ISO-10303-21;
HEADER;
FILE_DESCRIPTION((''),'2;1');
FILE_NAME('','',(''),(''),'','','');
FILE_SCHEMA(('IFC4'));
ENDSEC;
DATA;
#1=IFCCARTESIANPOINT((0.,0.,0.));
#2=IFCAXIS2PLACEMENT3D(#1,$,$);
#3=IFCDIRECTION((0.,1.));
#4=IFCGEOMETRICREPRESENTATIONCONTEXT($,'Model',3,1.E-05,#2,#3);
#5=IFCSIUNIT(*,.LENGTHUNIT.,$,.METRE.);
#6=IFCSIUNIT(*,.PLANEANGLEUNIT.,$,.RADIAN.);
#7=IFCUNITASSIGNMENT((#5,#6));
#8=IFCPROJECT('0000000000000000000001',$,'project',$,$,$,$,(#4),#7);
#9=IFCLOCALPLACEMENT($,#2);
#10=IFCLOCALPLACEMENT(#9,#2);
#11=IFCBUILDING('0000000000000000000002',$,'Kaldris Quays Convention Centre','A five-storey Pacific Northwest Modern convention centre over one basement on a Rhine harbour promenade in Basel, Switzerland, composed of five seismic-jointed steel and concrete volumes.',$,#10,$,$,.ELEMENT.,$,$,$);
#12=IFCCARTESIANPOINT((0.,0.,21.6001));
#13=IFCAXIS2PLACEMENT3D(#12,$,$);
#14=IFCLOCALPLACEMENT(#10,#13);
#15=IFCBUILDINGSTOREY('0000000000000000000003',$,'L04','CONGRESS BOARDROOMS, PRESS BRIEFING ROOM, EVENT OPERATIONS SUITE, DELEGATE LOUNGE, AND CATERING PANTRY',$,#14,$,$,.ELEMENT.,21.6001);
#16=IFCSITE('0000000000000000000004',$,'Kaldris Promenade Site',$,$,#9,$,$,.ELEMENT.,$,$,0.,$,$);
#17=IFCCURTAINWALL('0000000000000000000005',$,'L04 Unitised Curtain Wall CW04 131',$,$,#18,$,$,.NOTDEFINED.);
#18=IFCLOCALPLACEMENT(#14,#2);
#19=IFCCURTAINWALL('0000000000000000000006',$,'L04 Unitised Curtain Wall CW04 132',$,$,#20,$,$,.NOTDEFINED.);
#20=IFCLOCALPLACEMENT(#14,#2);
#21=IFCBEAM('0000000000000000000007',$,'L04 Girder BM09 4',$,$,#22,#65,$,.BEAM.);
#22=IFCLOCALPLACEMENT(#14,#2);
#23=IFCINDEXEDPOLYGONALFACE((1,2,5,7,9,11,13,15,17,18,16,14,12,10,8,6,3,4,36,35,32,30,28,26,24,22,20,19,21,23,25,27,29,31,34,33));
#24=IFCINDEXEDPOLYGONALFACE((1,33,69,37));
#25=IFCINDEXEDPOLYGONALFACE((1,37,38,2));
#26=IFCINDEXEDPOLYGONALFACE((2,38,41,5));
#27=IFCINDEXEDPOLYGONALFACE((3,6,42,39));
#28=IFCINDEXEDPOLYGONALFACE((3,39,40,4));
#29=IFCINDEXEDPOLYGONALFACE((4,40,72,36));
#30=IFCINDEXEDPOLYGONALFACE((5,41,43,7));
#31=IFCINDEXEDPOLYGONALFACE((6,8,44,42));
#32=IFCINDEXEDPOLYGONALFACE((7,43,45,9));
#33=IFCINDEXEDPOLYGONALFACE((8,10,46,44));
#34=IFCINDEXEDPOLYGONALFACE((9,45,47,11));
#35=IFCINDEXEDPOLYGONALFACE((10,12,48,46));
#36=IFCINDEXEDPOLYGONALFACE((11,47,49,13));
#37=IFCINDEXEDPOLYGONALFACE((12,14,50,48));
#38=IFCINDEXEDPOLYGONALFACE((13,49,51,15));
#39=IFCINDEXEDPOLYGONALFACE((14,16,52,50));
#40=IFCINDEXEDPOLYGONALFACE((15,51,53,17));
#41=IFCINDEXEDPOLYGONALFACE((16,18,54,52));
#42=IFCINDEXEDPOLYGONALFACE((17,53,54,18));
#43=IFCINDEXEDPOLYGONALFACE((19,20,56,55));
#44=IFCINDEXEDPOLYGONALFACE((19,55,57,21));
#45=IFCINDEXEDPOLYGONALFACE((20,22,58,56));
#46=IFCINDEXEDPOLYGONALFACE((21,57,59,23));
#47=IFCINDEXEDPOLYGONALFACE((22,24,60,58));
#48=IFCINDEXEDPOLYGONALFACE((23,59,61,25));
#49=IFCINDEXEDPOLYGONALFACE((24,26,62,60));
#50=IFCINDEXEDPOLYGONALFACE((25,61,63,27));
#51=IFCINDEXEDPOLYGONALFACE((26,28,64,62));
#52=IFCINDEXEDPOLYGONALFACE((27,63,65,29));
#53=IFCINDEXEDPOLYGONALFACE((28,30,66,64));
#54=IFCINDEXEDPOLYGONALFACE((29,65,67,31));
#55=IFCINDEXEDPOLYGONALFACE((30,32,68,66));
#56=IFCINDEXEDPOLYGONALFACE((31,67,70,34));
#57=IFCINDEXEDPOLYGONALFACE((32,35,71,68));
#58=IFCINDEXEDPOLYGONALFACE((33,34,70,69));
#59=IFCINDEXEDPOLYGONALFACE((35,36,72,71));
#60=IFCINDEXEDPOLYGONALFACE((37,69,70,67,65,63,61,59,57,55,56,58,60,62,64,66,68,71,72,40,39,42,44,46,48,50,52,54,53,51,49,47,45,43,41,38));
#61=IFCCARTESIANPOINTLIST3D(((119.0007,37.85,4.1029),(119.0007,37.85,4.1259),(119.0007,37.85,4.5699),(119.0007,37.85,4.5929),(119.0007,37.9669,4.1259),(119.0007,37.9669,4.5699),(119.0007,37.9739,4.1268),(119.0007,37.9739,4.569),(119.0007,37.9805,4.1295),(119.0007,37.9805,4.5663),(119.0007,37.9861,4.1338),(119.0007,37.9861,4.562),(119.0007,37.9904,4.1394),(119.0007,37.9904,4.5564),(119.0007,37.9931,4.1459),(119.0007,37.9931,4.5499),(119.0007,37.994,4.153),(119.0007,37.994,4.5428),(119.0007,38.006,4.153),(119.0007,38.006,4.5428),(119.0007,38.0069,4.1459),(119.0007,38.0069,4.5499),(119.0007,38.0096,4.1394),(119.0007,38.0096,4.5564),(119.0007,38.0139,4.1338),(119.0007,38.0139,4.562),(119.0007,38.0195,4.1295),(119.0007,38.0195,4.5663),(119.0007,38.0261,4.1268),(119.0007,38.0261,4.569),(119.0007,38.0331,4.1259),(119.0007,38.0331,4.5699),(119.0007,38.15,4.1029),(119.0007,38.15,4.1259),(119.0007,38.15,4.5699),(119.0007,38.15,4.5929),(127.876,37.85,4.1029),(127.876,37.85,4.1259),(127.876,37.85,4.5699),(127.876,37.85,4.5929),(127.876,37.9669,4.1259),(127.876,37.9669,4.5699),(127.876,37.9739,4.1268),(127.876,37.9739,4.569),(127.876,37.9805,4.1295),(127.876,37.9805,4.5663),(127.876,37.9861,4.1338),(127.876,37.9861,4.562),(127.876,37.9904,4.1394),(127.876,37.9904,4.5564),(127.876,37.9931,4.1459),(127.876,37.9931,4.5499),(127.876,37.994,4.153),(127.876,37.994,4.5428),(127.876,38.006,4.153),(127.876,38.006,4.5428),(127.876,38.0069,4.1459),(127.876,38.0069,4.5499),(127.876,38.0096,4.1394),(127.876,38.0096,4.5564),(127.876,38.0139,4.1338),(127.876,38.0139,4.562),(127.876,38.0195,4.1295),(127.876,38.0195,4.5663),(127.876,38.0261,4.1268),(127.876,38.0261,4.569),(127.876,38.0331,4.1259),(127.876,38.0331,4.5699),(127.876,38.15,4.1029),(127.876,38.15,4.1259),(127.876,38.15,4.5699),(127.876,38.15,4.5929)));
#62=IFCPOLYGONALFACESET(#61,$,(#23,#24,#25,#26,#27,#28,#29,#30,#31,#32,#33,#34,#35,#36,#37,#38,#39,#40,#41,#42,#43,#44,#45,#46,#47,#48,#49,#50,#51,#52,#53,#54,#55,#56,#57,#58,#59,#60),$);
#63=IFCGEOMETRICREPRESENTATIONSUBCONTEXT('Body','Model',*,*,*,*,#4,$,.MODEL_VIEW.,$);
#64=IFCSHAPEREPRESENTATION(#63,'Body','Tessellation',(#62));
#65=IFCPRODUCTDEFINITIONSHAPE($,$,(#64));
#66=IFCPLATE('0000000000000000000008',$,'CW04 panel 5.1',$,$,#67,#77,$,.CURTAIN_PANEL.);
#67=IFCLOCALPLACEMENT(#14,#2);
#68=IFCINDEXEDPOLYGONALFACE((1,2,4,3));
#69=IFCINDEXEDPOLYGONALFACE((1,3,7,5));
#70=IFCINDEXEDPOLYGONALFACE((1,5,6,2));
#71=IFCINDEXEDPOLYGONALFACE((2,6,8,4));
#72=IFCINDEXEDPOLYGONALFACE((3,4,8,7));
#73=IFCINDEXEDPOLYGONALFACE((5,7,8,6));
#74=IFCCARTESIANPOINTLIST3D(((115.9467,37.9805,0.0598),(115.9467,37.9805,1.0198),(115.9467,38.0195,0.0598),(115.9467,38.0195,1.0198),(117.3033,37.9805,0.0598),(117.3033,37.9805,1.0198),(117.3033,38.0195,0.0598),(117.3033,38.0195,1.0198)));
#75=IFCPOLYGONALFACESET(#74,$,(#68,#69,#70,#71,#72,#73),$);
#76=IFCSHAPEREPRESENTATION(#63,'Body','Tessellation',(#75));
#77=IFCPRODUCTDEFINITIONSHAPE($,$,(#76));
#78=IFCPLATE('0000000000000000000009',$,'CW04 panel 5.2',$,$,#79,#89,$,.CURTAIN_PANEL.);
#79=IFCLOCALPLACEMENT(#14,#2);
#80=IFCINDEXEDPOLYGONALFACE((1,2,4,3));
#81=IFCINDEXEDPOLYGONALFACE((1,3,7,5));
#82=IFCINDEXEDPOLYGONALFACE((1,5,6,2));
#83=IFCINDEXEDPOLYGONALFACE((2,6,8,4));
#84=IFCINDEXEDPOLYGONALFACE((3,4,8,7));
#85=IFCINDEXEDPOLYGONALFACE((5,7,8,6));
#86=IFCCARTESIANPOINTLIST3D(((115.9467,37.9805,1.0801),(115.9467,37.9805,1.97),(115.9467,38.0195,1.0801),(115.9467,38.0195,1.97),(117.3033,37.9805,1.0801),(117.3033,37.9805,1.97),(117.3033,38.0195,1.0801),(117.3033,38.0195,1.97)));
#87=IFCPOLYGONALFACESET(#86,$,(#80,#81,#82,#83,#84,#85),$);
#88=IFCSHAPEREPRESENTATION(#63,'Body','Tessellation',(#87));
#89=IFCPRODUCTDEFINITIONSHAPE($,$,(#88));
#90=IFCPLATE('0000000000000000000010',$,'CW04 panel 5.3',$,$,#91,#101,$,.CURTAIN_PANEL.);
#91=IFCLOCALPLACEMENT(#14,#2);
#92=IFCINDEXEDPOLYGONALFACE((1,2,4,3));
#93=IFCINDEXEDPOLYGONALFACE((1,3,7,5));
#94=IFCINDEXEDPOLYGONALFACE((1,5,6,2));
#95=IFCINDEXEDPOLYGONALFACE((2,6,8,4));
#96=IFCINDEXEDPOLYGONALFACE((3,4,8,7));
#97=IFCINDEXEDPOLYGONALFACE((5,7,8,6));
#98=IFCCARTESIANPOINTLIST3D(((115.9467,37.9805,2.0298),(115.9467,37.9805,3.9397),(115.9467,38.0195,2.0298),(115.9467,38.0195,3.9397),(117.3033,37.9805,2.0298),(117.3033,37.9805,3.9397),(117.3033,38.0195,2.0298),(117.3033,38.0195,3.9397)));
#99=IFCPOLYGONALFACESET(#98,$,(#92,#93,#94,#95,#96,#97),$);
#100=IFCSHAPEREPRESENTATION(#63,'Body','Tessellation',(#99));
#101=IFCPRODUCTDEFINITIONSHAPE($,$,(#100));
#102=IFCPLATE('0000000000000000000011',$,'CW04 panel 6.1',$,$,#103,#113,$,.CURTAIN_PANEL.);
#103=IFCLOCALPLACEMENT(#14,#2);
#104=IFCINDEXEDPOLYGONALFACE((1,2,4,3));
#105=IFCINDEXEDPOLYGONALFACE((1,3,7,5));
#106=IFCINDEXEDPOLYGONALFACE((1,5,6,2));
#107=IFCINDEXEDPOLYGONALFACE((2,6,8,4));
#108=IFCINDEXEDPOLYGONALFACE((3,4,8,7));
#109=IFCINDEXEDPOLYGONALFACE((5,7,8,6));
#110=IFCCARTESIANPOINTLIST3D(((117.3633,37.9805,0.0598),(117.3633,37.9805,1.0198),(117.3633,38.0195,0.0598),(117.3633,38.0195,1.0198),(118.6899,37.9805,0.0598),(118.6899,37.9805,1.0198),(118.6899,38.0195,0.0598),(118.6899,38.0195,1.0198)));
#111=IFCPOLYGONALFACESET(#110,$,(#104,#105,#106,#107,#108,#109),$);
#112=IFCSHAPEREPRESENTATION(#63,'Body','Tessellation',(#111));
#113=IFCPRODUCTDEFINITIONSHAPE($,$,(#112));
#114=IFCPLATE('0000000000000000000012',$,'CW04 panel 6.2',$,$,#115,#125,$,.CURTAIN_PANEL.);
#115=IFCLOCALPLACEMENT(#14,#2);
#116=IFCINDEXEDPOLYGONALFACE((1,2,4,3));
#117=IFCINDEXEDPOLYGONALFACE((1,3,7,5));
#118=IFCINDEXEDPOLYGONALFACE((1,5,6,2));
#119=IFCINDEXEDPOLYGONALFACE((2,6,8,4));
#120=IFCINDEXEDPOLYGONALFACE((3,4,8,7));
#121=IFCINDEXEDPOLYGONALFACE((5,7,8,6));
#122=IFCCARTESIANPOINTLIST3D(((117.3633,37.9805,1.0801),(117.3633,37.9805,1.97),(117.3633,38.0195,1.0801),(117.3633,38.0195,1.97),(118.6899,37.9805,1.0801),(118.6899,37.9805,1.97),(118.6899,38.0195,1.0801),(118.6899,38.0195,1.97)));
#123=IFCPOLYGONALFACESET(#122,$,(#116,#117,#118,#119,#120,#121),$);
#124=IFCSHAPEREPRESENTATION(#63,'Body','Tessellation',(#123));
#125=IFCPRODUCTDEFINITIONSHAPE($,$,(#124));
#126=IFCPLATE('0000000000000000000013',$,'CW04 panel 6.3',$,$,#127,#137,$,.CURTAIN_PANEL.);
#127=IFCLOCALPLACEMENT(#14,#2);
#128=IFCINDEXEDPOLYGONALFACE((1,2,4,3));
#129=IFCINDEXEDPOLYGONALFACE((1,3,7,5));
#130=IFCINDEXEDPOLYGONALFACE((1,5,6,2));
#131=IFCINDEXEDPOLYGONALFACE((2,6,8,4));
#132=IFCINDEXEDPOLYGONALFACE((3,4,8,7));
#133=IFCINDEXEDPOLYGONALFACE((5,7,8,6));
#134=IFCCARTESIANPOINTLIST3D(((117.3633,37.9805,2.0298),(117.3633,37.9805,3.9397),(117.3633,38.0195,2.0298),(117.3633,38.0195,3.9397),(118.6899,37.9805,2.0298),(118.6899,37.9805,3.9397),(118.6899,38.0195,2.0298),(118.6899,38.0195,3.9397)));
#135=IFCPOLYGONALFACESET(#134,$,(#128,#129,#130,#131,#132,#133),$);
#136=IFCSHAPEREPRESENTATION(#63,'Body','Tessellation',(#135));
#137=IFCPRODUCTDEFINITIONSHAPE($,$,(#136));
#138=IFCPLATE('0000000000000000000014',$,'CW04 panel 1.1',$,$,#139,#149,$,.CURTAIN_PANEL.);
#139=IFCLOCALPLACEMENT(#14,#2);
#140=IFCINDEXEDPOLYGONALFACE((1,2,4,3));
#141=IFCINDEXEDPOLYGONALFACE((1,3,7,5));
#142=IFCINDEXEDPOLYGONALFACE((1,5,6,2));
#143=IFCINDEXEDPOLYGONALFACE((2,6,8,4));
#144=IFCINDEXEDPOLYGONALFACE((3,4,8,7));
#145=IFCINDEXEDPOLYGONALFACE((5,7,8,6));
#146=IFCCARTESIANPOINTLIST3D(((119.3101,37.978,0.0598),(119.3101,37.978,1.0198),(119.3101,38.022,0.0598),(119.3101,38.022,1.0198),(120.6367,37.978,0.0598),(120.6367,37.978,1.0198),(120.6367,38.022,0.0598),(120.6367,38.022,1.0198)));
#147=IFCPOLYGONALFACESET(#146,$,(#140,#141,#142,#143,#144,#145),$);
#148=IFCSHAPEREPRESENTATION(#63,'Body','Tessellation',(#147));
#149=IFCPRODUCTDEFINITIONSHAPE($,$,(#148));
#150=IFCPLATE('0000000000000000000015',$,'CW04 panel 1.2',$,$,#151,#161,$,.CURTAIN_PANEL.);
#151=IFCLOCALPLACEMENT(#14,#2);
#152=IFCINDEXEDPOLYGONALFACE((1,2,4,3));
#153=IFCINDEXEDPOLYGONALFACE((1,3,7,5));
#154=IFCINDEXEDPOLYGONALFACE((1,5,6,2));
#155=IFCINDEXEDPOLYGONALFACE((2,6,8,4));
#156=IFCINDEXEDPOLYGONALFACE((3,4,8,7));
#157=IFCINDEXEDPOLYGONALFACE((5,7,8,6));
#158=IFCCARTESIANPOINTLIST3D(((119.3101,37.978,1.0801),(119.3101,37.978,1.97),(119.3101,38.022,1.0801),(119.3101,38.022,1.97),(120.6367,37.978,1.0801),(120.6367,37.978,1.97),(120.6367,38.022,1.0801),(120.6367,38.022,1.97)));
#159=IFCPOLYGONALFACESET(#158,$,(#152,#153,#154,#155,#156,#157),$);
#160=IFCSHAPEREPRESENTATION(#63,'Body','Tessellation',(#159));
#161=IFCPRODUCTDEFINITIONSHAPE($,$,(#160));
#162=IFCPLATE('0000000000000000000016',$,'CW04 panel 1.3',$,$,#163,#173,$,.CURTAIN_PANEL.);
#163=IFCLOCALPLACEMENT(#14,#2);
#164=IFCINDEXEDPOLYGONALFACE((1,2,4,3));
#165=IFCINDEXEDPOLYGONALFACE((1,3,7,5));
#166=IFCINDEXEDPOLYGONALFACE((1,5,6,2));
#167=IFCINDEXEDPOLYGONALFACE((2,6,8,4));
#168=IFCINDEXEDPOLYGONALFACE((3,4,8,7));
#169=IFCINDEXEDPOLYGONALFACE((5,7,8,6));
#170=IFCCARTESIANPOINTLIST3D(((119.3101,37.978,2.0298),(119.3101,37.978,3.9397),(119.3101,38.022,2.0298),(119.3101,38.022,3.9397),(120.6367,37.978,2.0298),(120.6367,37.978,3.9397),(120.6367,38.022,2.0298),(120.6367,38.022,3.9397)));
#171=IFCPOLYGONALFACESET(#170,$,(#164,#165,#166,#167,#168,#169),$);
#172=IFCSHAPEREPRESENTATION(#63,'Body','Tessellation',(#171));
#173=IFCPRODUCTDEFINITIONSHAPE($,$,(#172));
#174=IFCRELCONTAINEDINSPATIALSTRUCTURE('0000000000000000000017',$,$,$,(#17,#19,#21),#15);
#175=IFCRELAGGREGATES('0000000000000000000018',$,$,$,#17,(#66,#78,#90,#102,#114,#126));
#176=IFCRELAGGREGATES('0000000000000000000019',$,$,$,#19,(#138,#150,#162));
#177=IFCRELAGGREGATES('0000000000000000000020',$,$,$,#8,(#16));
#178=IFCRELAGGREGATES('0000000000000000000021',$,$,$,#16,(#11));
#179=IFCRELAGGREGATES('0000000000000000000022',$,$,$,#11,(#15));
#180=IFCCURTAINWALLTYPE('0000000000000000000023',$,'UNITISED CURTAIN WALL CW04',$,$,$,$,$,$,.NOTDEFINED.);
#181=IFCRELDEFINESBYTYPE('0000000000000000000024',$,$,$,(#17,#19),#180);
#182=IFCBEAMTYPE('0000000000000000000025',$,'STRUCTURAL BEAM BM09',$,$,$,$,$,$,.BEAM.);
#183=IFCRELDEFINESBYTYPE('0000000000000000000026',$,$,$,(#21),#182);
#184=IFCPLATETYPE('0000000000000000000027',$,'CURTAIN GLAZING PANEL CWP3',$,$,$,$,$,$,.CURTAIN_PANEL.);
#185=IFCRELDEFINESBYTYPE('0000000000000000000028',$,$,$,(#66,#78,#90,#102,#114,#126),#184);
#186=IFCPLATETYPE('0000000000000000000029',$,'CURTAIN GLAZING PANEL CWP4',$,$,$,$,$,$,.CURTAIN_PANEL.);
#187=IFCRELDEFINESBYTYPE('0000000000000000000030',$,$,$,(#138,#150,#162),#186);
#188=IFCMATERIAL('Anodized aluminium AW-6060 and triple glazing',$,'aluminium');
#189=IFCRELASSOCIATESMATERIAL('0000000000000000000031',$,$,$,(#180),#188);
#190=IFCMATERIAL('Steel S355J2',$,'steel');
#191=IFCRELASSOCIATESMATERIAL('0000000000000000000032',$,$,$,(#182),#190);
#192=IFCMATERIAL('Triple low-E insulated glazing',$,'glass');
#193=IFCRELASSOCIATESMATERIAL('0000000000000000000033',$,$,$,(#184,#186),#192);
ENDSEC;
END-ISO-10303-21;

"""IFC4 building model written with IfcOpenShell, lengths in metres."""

from ifc_helpers import new_model, si_unit, direction, frame, origin, origin_2d, place, context, subcontext, project, spatial, rectangle, i_section, extrude, material, material_profile, profile_set, type_object, element, aggregate, save


model = new_model("IFC4")

# Units and contexts
model_context = context("Model", 3, precision=1e-05, world=origin(), true_north=direction((0.0, 1.0)))
body_context = subcontext(model_context, "Body", "Model", "MODEL_VIEW")
ifc_project = project(units=[si_unit("LENGTHUNIT", "METRE"), si_unit("PLANEANGLEUNIT", "RADIAN")], contexts=[model_context])

# Site, building, storey
site_placement = place(None, origin())
site = spatial("IfcSite", under=ifc_project, at=site_placement, Name="Kaldris Promenade Site", CompositionType="ELEMENT", RefElevation=0.0)
building_placement = place(site_placement, origin())
building = spatial("IfcBuilding", under=site, at=building_placement, Name="Kaldris Quays Convention Centre", Description="A five-storey Pacific Northwest Modern convention centre over one basement on a Rhine harbour promenade in Basel, Switzerland, composed of five seismic-jointed steel and concrete volumes.", CompositionType="ELEMENT")
storey_placement = place(building_placement, frame((0.0, 0.0, 21.6001)))
storey = spatial("IfcBuildingStorey", under=building, at=storey_placement, Name="L04", Description="CONGRESS BOARDROOMS, PRESS BRIEFING ROOM, EVENT OPERATIONS SUITE, DELEGATE LOUNGE, AND CATERING PANTRY", CompositionType="ELEMENT", Elevation=21.6001)

# Shared definitions
ifc_material_1 = material(Name="Steel S355J2", Category="steel")

# Curtain walls
ifc_material_2 = material(Name="Anodized aluminium AW-6060 and triple glazing", Category="aluminium")
curtain_wall_type = type_object("IfcCurtainWallType", Name="UNITISED CURTAIN WALL CW04", PredefinedType="NOTDEFINED", material=ifc_material_2)
curtain_wall_1_placement = place(storey_placement, origin())
curtain_wall_1 = element("IfcCurtainWall", 1, at=curtain_wall_1_placement, inside=storey, type_object=curtain_wall_type, Name="L04 Unitised Curtain Wall CW04 131", PredefinedType="NOTDEFINED")
curtain_wall_2_placement = place(storey_placement, origin())
curtain_wall_2 = element("IfcCurtainWall", 2, at=curtain_wall_2_placement, inside=storey, type_object=curtain_wall_type, Name="L04 Unitised Curtain Wall CW04 132", PredefinedType="NOTDEFINED")

# Beam
ifc_material_profile_1 = material_profile(ifc_material_1, i_section(OverallWidth=0.3, OverallDepth=0.49, WebThickness=0.012, FlangeThickness=0.0229, FilletRadius=0.0271, at=origin_2d()), Name="HEA 500")
ifc_profile_set_1 = profile_set([ifc_material_profile_1], Name="Steel S355J2")
beam_type = type_object("IfcBeamType", Name="STRUCTURAL BEAM BM09", PredefinedType="BEAM", material=ifc_profile_set_1)
beam_placement = place(storey_placement, frame((119.0007, 38.0, 4.3479), z_axis=(1.0, 0.0, 0.0), x_axis=(0.0, 1.0, 0.0)))
element("IfcBeam", 3, at=beam_placement, inside=storey, type_object=beam_type, Name="L04 Girder BM09 4", PredefinedType="BEAM", context=body_context, shape_type="SweptSolid", body=[
    extrude(i_section(OverallWidth=0.3, OverallDepth=0.49, WebThickness=0.012, FlangeThickness=0.0229, FilletRadius=0.0271, at=origin_2d()), origin(), (0.0, 0.0, 1.0), 8.8752),
])

# Plates
ifc_material_3 = material(Name="Triple low-E insulated glazing", Category="glass")
plate_type_1 = type_object("IfcPlateType", Name="CURTAIN GLAZING PANEL CWP3", PredefinedType="CURTAIN_PANEL", material=ifc_material_3)
plate_1_placement = place(storey_placement, frame((116.625, 38.0, 0.0598), z_axis=(0.0, 0.0, 1.0), x_axis=(1.0, 0.0, 0.0)))
plate_1 = element("IfcPlate", 4, at=plate_1_placement, type_object=plate_type_1, Name="CW04 panel 5.1", PredefinedType="CURTAIN_PANEL", context=body_context, shape_type="SweptSolid", body=[
    extrude(rectangle(XDim=1.3567, YDim=0.0391, at=origin_2d()), origin(), (0.0, 0.0, 1.0), 0.96),
])
plate_2_placement = place(storey_placement, frame((116.625, 38.0, 1.0801), z_axis=(0.0, 0.0, 1.0), x_axis=(1.0, 0.0, 0.0)))
plate_2 = element("IfcPlate", 5, at=plate_2_placement, type_object=plate_type_1, Name="CW04 panel 5.2", PredefinedType="CURTAIN_PANEL", context=body_context, shape_type="SweptSolid", body=[
    extrude(rectangle(XDim=1.3567, YDim=0.0391, at=origin_2d()), origin(), (0.0, 0.0, 1.0), 0.8899),
])
plate_3_placement = place(storey_placement, frame((116.625, 38.0, 2.0298), z_axis=(0.0, 0.0, 1.0), x_axis=(1.0, 0.0, 0.0)))
plate_3 = element("IfcPlate", 6, at=plate_3_placement, type_object=plate_type_1, Name="CW04 panel 5.3", PredefinedType="CURTAIN_PANEL", context=body_context, shape_type="SweptSolid", body=[
    extrude(rectangle(XDim=1.3567, YDim=0.0391, at=origin_2d()), origin(), (0.0, 0.0, 1.0), 1.9099),
])
plate_4_placement = place(storey_placement, frame((118.0266, 38.0, 0.0598), z_axis=(0.0, 0.0, 1.0), x_axis=(1.0, 0.0, 0.0)))
plate_4 = element("IfcPlate", 7, at=plate_4_placement, type_object=plate_type_1, Name="CW04 panel 6.1", PredefinedType="CURTAIN_PANEL", context=body_context, shape_type="SweptSolid", body=[
    extrude(rectangle(XDim=1.3267, YDim=0.0391, at=origin_2d()), origin(), (0.0, 0.0, 1.0), 0.96),
])
plate_5_placement = place(storey_placement, frame((118.0266, 38.0, 1.0801), z_axis=(0.0, 0.0, 1.0), x_axis=(1.0, 0.0, 0.0)))
plate_5 = element("IfcPlate", 8, at=plate_5_placement, type_object=plate_type_1, Name="CW04 panel 6.2", PredefinedType="CURTAIN_PANEL", context=body_context, shape_type="SweptSolid", body=[
    extrude(rectangle(XDim=1.3267, YDim=0.0391, at=origin_2d()), origin(), (0.0, 0.0, 1.0), 0.8899),
])
plate_6_placement = place(storey_placement, frame((118.0266, 38.0, 2.0298), z_axis=(0.0, 0.0, 1.0), x_axis=(1.0, 0.0, 0.0)))
plate_6 = element("IfcPlate", 9, at=plate_6_placement, type_object=plate_type_1, Name="CW04 panel 6.3", PredefinedType="CURTAIN_PANEL", context=body_context, shape_type="SweptSolid", body=[
    extrude(rectangle(XDim=1.3267, YDim=0.0391, at=origin_2d()), origin(), (0.0, 0.0, 1.0), 1.9099),
])
aggregate(curtain_wall_1, [plate_1, plate_2, plate_3, plate_4, plate_5, plate_6])
plate_type_2 = type_object("IfcPlateType", Name="CURTAIN GLAZING PANEL CWP4", PredefinedType="CURTAIN_PANEL", material=ifc_material_3)
plate_7_placement = place(storey_placement, frame((119.9734, 38.0, 0.0598), z_axis=(0.0, 0.0, 1.0), x_axis=(1.0, 0.0, 0.0)))
plate_7 = element("IfcPlate", 10, at=plate_7_placement, type_object=plate_type_2, Name="CW04 panel 1.1", PredefinedType="CURTAIN_PANEL", context=body_context, shape_type="SweptSolid", body=[
    extrude(rectangle(XDim=1.3267, YDim=0.0439, at=origin_2d()), origin(), (0.0, 0.0, 1.0), 0.96),
])
plate_8_placement = place(storey_placement, frame((119.9734, 38.0, 1.0801), z_axis=(0.0, 0.0, 1.0), x_axis=(1.0, 0.0, 0.0)))
plate_8 = element("IfcPlate", 11, at=plate_8_placement, type_object=plate_type_2, Name="CW04 panel 1.2", PredefinedType="CURTAIN_PANEL", context=body_context, shape_type="SweptSolid", body=[
    extrude(rectangle(XDim=1.3267, YDim=0.0439, at=origin_2d()), origin(), (0.0, 0.0, 1.0), 0.8899),
])
plate_9_placement = place(storey_placement, frame((119.9734, 38.0, 2.0298), z_axis=(0.0, 0.0, 1.0), x_axis=(1.0, 0.0, 0.0)))
plate_9 = element("IfcPlate", 12, at=plate_9_placement, type_object=plate_type_2, Name="CW04 panel 1.3", PredefinedType="CURTAIN_PANEL", context=body_context, shape_type="SweptSolid", body=[
    extrude(rectangle(XDim=1.3267, YDim=0.0439, at=origin_2d()), origin(), (0.0, 0.0, 1.0), 1.9099),
])
aggregate(curtain_wall_2, [plate_7, plate_8, plate_9])

save(model, "model.ifc")
